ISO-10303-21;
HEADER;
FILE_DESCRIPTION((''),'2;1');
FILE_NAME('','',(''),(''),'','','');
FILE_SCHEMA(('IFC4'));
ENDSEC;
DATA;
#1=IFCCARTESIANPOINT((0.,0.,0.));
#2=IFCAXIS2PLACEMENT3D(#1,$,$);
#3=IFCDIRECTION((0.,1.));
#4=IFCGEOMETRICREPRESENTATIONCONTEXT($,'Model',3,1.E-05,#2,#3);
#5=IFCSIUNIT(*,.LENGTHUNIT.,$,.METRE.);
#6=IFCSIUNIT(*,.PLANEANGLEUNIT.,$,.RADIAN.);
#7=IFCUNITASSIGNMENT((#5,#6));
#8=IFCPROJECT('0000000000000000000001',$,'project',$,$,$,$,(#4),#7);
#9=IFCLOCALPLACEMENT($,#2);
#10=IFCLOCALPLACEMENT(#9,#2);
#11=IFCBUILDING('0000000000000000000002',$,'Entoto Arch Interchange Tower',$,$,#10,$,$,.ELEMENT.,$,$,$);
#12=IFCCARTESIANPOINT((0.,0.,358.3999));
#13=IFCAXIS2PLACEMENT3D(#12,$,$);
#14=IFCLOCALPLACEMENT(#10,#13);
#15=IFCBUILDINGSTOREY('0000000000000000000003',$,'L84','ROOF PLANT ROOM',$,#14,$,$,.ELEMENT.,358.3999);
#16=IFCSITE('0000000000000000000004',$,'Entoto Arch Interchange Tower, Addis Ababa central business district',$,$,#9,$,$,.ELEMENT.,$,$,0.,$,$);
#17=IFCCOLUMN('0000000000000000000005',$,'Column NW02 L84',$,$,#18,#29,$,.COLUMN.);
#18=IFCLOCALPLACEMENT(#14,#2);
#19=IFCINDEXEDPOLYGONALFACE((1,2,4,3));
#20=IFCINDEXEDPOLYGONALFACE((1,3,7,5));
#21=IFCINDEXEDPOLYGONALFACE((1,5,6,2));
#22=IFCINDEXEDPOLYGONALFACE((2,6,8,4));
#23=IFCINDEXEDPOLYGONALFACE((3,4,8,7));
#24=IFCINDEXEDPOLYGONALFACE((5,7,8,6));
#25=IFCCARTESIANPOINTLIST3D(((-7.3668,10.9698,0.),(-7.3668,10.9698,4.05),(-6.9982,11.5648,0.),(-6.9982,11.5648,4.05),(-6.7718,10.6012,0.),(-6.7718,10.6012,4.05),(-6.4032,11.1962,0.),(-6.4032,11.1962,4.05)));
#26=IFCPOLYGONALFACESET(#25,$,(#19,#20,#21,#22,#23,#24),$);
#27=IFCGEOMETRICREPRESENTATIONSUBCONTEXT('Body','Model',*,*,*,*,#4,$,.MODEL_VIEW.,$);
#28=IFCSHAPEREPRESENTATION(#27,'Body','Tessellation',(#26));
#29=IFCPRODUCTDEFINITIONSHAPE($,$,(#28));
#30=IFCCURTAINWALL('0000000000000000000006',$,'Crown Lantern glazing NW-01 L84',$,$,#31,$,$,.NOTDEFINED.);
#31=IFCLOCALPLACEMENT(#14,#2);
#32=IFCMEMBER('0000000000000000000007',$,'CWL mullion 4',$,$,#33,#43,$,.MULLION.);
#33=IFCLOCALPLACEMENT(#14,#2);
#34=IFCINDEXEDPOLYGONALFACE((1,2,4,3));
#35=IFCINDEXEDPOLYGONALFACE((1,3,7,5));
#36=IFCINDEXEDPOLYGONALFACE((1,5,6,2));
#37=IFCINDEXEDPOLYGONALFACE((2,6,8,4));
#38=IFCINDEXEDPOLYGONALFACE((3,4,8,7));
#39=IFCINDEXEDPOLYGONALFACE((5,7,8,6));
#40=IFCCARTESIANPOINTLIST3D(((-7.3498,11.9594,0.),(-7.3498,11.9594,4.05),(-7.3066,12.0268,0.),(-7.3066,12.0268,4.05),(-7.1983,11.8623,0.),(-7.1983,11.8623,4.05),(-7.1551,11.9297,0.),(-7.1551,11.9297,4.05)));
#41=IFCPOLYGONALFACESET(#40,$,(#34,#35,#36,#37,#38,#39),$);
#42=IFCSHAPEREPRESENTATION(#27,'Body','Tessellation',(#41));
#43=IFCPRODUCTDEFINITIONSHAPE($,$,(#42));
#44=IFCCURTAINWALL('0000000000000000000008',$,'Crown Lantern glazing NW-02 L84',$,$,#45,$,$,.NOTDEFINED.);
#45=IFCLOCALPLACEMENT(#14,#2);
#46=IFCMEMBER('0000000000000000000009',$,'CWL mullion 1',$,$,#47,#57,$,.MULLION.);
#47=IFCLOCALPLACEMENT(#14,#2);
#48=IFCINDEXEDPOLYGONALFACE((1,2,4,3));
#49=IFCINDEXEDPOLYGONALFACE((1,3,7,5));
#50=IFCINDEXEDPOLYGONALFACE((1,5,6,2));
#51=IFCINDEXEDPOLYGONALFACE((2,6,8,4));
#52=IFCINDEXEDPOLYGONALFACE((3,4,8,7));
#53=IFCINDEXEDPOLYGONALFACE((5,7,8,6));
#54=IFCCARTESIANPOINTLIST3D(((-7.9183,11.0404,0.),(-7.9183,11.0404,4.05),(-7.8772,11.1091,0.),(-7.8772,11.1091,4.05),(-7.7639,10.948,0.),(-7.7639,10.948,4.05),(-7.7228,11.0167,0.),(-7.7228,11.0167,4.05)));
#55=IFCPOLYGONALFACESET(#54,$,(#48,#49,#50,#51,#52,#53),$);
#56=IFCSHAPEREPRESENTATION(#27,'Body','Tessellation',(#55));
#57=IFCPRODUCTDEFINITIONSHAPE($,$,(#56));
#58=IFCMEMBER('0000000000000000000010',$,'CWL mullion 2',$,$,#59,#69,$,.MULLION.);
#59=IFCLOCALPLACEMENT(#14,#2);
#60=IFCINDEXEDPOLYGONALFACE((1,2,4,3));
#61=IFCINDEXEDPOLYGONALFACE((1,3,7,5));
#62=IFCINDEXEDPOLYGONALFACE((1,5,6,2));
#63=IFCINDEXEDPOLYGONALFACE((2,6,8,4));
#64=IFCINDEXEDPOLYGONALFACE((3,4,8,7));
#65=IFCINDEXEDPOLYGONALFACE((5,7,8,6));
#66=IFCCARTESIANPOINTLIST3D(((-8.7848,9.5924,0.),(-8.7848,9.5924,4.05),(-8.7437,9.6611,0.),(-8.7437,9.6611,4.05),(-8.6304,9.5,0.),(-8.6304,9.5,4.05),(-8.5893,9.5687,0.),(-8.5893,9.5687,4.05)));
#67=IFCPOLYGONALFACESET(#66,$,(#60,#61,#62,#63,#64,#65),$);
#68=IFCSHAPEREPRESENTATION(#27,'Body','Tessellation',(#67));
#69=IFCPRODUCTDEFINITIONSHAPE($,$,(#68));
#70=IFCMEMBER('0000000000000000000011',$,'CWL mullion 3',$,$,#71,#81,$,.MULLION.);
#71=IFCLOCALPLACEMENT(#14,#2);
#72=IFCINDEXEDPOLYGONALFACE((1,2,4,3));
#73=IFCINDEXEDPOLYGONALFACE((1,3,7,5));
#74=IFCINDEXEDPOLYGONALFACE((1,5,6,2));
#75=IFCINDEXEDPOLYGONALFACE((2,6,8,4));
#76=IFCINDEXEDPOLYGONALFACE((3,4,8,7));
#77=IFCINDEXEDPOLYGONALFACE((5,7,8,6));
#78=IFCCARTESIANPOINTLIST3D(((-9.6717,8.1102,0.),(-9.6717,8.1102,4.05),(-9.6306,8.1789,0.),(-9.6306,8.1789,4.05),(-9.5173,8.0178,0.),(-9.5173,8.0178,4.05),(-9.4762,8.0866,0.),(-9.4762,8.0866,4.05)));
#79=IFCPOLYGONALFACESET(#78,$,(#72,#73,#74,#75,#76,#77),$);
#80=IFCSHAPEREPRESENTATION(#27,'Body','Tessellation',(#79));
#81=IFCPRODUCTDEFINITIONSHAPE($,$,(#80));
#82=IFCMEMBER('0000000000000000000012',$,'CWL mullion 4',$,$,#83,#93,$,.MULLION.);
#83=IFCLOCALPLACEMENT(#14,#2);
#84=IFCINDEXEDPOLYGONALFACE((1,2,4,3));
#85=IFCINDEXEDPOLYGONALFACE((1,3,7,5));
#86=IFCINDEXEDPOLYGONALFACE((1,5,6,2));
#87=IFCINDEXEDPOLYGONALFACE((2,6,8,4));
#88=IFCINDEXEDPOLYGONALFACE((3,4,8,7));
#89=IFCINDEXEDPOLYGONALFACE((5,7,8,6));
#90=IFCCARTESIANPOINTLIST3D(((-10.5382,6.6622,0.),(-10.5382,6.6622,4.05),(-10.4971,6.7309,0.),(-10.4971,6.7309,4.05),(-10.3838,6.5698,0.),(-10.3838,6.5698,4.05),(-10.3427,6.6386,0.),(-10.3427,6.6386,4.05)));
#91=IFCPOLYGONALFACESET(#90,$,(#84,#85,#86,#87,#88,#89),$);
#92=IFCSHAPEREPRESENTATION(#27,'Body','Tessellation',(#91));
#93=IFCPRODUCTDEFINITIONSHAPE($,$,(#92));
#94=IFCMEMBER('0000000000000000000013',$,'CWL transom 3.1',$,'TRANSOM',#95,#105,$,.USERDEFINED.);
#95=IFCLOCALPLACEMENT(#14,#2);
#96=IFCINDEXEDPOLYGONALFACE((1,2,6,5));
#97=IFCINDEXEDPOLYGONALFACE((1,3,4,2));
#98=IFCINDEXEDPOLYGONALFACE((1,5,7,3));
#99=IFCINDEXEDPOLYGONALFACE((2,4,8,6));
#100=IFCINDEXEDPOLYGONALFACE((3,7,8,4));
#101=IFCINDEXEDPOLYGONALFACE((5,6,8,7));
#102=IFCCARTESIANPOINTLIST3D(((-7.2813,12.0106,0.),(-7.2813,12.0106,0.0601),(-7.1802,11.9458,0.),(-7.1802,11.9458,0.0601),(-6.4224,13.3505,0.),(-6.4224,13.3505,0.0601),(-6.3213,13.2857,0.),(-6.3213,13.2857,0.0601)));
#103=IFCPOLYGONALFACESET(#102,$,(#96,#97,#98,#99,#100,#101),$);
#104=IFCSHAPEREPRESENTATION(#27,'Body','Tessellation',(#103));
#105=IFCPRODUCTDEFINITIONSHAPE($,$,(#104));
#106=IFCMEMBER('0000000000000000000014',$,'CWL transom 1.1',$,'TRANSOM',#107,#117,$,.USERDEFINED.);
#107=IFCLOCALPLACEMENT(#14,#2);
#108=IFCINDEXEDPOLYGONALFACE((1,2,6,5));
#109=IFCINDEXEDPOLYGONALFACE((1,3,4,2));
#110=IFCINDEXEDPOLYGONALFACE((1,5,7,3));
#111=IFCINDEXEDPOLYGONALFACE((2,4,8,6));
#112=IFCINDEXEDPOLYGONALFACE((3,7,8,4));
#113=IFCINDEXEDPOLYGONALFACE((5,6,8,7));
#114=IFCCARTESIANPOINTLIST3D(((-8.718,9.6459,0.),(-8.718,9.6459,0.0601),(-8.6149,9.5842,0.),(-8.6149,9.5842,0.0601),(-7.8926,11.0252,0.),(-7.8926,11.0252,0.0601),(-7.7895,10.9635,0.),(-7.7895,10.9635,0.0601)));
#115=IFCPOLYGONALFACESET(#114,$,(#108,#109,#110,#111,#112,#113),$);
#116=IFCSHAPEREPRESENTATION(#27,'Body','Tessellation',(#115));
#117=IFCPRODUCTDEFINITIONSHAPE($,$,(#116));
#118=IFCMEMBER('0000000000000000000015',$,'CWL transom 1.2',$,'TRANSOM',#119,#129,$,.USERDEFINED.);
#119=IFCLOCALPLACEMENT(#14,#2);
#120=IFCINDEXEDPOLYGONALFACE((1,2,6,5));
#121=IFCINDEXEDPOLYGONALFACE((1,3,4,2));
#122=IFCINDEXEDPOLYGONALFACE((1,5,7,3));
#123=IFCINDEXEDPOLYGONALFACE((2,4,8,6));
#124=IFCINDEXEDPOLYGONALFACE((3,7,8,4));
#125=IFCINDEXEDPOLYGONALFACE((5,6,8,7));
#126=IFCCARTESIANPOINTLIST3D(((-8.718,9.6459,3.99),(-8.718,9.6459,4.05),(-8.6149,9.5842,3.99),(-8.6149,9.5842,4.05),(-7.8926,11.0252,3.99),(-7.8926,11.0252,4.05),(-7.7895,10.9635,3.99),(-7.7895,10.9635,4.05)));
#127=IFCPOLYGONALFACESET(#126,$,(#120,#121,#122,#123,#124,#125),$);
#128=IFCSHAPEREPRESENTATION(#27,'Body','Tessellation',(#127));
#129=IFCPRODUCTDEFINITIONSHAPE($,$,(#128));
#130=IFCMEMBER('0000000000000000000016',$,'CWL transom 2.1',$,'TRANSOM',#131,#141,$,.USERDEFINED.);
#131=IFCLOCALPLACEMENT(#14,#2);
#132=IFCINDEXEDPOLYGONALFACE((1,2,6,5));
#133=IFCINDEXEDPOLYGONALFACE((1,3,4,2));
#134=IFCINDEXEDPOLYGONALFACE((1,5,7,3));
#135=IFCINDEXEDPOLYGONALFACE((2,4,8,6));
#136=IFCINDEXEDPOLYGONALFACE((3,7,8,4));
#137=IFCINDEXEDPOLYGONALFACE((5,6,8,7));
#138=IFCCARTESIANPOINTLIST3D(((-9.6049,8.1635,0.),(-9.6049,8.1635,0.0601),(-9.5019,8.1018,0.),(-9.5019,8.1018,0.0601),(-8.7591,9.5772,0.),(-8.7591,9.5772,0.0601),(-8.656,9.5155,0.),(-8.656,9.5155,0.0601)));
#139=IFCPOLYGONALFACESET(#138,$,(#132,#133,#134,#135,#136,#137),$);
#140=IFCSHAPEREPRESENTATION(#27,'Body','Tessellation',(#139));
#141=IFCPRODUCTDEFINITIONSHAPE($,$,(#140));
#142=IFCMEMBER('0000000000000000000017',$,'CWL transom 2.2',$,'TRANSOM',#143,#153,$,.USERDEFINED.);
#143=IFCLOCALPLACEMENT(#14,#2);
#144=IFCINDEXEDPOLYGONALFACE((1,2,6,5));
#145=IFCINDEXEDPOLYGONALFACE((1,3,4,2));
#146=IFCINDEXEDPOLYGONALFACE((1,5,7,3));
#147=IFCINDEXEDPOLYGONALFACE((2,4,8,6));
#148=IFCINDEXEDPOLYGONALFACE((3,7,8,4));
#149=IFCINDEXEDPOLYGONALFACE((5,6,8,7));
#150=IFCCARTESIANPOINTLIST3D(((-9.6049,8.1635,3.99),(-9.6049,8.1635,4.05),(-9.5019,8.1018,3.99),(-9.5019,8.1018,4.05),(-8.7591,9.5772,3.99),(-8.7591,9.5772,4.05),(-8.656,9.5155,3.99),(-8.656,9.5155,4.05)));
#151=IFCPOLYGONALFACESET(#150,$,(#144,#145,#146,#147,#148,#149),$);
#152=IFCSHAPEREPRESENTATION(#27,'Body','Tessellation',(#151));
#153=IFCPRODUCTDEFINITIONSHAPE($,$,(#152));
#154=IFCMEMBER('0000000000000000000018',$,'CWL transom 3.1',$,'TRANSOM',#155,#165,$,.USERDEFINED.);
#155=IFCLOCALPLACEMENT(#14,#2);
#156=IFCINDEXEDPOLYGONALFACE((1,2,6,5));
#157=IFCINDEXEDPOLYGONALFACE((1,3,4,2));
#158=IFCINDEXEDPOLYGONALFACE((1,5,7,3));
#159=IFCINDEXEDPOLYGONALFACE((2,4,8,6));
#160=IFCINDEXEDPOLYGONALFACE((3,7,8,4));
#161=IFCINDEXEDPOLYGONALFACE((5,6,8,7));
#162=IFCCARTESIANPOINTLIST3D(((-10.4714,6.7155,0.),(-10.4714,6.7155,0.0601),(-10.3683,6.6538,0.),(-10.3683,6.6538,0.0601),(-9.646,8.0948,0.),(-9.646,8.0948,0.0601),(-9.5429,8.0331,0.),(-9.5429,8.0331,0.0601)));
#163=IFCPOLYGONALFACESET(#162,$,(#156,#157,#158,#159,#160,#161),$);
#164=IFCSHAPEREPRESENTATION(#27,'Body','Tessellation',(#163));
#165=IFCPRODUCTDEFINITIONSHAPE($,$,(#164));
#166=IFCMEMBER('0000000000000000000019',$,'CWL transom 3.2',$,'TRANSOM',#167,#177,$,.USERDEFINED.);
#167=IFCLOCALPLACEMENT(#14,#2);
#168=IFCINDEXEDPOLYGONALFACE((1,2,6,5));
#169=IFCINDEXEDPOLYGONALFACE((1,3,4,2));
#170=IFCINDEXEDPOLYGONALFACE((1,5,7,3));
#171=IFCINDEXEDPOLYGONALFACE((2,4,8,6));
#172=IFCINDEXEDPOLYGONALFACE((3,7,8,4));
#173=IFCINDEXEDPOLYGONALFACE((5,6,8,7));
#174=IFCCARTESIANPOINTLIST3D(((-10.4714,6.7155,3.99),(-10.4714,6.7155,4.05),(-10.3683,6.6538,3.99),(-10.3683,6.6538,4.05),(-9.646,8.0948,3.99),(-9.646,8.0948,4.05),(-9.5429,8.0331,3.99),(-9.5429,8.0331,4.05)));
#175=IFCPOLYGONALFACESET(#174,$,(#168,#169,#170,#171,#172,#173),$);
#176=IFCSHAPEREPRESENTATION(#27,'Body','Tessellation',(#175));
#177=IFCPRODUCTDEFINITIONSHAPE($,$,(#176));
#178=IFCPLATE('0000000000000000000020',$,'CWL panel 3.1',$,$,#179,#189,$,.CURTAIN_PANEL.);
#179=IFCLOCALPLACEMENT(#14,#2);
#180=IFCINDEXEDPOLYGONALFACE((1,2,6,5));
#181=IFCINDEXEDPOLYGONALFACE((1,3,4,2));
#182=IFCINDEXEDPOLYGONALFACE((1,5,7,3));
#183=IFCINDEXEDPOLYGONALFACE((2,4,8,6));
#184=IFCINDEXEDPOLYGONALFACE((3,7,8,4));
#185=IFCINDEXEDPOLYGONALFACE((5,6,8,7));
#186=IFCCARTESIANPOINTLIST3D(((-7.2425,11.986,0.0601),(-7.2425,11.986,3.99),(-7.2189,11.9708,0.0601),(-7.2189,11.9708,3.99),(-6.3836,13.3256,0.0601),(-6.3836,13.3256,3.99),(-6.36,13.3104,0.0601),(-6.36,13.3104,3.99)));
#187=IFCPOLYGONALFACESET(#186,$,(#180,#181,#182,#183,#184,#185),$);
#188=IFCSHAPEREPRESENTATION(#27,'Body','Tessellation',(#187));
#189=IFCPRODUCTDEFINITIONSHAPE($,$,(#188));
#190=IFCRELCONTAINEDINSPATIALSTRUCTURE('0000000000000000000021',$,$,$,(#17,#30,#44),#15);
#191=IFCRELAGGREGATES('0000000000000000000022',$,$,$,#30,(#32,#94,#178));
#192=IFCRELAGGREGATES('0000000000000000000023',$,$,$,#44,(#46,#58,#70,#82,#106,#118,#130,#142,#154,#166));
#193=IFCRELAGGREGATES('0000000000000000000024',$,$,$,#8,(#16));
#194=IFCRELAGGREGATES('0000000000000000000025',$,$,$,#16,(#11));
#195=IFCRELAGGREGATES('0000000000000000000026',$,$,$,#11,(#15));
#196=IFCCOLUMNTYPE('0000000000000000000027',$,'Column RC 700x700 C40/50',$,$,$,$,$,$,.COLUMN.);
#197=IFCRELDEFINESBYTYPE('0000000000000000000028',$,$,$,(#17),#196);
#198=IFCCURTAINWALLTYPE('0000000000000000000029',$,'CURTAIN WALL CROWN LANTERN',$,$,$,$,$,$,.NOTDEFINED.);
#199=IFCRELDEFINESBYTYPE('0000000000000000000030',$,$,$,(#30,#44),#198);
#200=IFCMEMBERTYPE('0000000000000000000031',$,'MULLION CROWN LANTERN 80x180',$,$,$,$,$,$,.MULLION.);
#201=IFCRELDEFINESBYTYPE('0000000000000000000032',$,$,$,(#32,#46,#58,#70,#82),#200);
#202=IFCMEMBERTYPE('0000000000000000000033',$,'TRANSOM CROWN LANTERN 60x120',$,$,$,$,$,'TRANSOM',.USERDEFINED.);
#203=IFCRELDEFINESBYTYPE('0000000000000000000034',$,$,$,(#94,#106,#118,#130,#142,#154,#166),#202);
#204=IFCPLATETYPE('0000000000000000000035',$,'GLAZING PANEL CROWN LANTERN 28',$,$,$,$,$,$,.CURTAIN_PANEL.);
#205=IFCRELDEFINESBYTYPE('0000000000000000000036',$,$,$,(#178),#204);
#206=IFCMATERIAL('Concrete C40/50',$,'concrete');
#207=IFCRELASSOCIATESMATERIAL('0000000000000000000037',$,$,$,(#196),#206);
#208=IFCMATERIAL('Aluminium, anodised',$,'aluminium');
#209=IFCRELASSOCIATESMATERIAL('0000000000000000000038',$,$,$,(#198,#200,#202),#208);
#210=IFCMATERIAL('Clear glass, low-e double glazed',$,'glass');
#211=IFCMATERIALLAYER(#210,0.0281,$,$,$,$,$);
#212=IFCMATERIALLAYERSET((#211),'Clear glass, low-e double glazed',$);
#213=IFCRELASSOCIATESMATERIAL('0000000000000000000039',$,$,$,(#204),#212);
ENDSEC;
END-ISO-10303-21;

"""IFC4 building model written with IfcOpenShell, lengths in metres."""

from ifc_helpers import new_model, si_unit, direction, frame, origin, origin_2d, place, context, subcontext, project, spatial, rectangle, extrude, material, layer, layer_set, material_profile, profile_set, type_object, element, aggregate, save


model = new_model("IFC4")

# Units and contexts
model_context = context("Model", 3, precision=1e-05, world=origin(), true_north=direction((0.0, 1.0)))
body_context = subcontext(model_context, "Body", "Model", "MODEL_VIEW")
ifc_project = project(units=[si_unit("LENGTHUNIT", "METRE"), si_unit("PLANEANGLEUNIT", "RADIAN")], contexts=[model_context])

# Site, building, storey
site_placement = place(None, origin())
site = spatial("IfcSite", under=ifc_project, at=site_placement, Name="Entoto Arch Interchange Tower, Addis Ababa central business district", CompositionType="ELEMENT", RefElevation=0.0)
building_placement = place(site_placement, origin())
building = spatial("IfcBuilding", under=site, at=building_placement, Name="Entoto Arch Interchange Tower", CompositionType="ELEMENT")
storey_placement = place(building_placement, frame((0.0, 0.0, 358.3999)))
storey = spatial("IfcBuildingStorey", under=building, at=storey_placement, Name="L84", Description="ROOF PLANT ROOM", CompositionType="ELEMENT", Elevation=358.3999)

# Column
ifc_material_1 = material(Name="Concrete C40/50", Category="concrete")
ifc_material_profile_1 = material_profile(ifc_material_1, rectangle(XDim=0.7, YDim=0.7, at=origin_2d()))
ifc_profile_set_1 = profile_set([ifc_material_profile_1], Name="Concrete C40/50")
column_type = type_object("IfcColumnType", Name="Column RC 700x700 C40/50", PredefinedType="COLUMN", material=ifc_profile_set_1)
column_placement = place(storey_placement, frame((-6.885, 11.083, 0.0), z_axis=(0.0, 0.0, 1.0), x_axis=(0.526689, 0.850058, 0.0)))
element("IfcColumn", 1, at=column_placement, inside=storey, type_object=column_type, Name="Column NW02 L84", PredefinedType="COLUMN", context=body_context, shape_type="SweptSolid", body=[
    extrude(rectangle(XDim=0.7, YDim=0.7, at=origin_2d()), origin(), (0.0, 0.0, 1.0), 4.05),
])

# Curtain wall, member
ifc_material_2 = material(Name="Aluminium, anodised", Category="aluminium")
curtain_wall_type = type_object("IfcCurtainWallType", Name="CURTAIN WALL CROWN LANTERN", PredefinedType="NOTDEFINED", material=ifc_material_2)
curtain_wall_1_placement = place(storey_placement, origin())
curtain_wall_1 = element("IfcCurtainWall", 2, at=curtain_wall_1_placement, inside=storey, type_object=curtain_wall_type, Name="Crown Lantern glazing NW-01 L84", PredefinedType="NOTDEFINED")
ifc_material_profile_2 = material_profile(ifc_material_2, rectangle(XDim=0.1799, YDim=0.0801, at=origin_2d()))
ifc_profile_set_2 = profile_set([ifc_material_profile_2], Name="Aluminium, anodised")
member_type_1 = type_object("IfcMemberType", Name="MULLION CROWN LANTERN 80x180", PredefinedType="MULLION", material=ifc_profile_set_2)
member_1_placement = place(storey_placement, frame((-7.2524, 11.9446, 0.0), z_axis=(0.0, 0.0, 1.0), x_axis=(0.841836, -0.539733, 0.0)))
member_1 = element("IfcMember", 3, at=member_1_placement, type_object=member_type_1, Name="CWL mullion 4", PredefinedType="MULLION", context=body_context, shape_type="SweptSolid", body=[
    extrude(rectangle(XDim=0.1799, YDim=0.0801, at=origin_2d()), origin(), (0.0, 0.0, 1.0), 4.05),
])

# Curtain wall, members
curtain_wall_2_placement = place(storey_placement, origin())
curtain_wall_2 = element("IfcCurtainWall", 4, at=curtain_wall_2_placement, inside=storey, type_object=curtain_wall_type, Name="Crown Lantern glazing NW-02 L84", PredefinedType="NOTDEFINED")
member_2_placement = place(storey_placement, frame((-7.8206, 11.0286, 0.0), z_axis=(0.0, 0.0, 1.0), x_axis=(0.858105, -0.513474, 0.0)))
member_2 = element("IfcMember", 5, at=member_2_placement, type_object=member_type_1, Name="CWL mullion 1", PredefinedType="MULLION", context=body_context, shape_type="SweptSolid", body=[
    extrude(rectangle(XDim=0.1799, YDim=0.0801, at=origin_2d()), origin(), (0.0, 0.0, 1.0), 4.05),
])
member_3_placement = place(storey_placement, frame((-8.687, 9.5806, 0.0), z_axis=(0.0, 0.0, 1.0), x_axis=(0.858105, -0.513474, 0.0)))
member_3 = element("IfcMember", 6, at=member_3_placement, type_object=member_type_1, Name="CWL mullion 2", PredefinedType="MULLION", context=body_context, shape_type="SweptSolid", body=[
    extrude(rectangle(XDim=0.1799, YDim=0.0801, at=origin_2d()), origin(), (0.0, 0.0, 1.0), 4.05),
])
member_4_placement = place(storey_placement, frame((-9.574, 8.0984, 0.0), z_axis=(0.0, 0.0, 1.0), x_axis=(0.858105, -0.513474, 0.0)))
member_4 = element("IfcMember", 7, at=member_4_placement, type_object=member_type_1, Name="CWL mullion 3", PredefinedType="MULLION", context=body_context, shape_type="SweptSolid", body=[
    extrude(rectangle(XDim=0.1799, YDim=0.0801, at=origin_2d()), origin(), (0.0, 0.0, 1.0), 4.05),
])
member_5_placement = place(storey_placement, frame((-10.4404, 6.6504, 0.0), z_axis=(0.0, 0.0, 1.0), x_axis=(0.858105, -0.513474, 0.0)))
member_5 = element("IfcMember", 8, at=member_5_placement, type_object=member_type_1, Name="CWL mullion 4", PredefinedType="MULLION", context=body_context, shape_type="SweptSolid", body=[
    extrude(rectangle(XDim=0.1799, YDim=0.0801, at=origin_2d()), origin(), (0.0, 0.0, 1.0), 4.05),
])

# Members
ifc_material_profile_3 = material_profile(ifc_material_2, rectangle(XDim=0.1201, YDim=0.0601, at=origin_2d()))
ifc_profile_set_3 = profile_set([ifc_material_profile_3], Name="Aluminium, anodised")
member_type_2 = type_object("IfcMemberType", Name="TRANSOM CROWN LANTERN 60x120", ElementType="TRANSOM", PredefinedType="USERDEFINED", material=ifc_profile_set_3)
member_6_placement = place(storey_placement, frame((-6.3718, 13.3181, 0.03), z_axis=(-0.539672, -0.841876, 0.0), x_axis=(0.841876, -0.539672, 0.0)))
member_6 = element("IfcMember", 9, at=member_6_placement, type_object=member_type_2, Name="CWL transom 3.1", ObjectType="TRANSOM", PredefinedType="USERDEFINED", context=body_context, shape_type="SweptSolid", body=[
    extrude(rectangle(XDim=0.1201, YDim=0.0601, at=origin_2d()), origin(), (0.0, 0.0, 1.0), 1.5916),
])
member_7_placement = place(storey_placement, frame((-7.8411, 10.9944, 0.03), z_axis=(-0.51349, -0.858095, 0.0), x_axis=(0.858095, -0.51349, 0.0)))
member_7 = element("IfcMember", 10, at=member_7_placement, type_object=member_type_2, Name="CWL transom 1.1", ObjectType="TRANSOM", PredefinedType="USERDEFINED", context=body_context, shape_type="SweptSolid", body=[
    extrude(rectangle(XDim=0.1201, YDim=0.0601, at=origin_2d()), origin(), (0.0, 0.0, 1.0), 1.6074),
])
member_8_placement = place(storey_placement, frame((-7.8411, 10.9944, 4.02), z_axis=(-0.51349, -0.858095, 0.0), x_axis=(0.858095, -0.51349, 0.0)))
member_8 = element("IfcMember", 11, at=member_8_placement, type_object=member_type_2, Name="CWL transom 1.2", ObjectType="TRANSOM", PredefinedType="USERDEFINED", context=body_context, shape_type="SweptSolid", body=[
    extrude(rectangle(XDim=0.1201, YDim=0.0601, at=origin_2d()), origin(), (0.0, 0.0, 1.0), 1.6074),
])
member_9_placement = place(storey_placement, frame((-8.7075, 9.5464, 0.03), z_axis=(-0.513449, -0.85812, 0.0), x_axis=(0.85812, -0.513449, 0.0)))
member_9 = element("IfcMember", 12, at=member_9_placement, type_object=member_type_2, Name="CWL transom 2.1", ObjectType="TRANSOM", PredefinedType="USERDEFINED", context=body_context, shape_type="SweptSolid", body=[
    extrude(rectangle(XDim=0.1201, YDim=0.0601, at=origin_2d()), origin(), (0.0, 0.0, 1.0), 1.6475),
])
member_10_placement = place(storey_placement, frame((-8.7075, 9.5464, 4.02), z_axis=(-0.513449, -0.85812, 0.0), x_axis=(0.85812, -0.513449, 0.0)))
member_10 = element("IfcMember", 13, at=member_10_placement, type_object=member_type_2, Name="CWL transom 2.2", ObjectType="TRANSOM", PredefinedType="USERDEFINED", context=body_context, shape_type="SweptSolid", body=[
    extrude(rectangle(XDim=0.1201, YDim=0.0601, at=origin_2d()), origin(), (0.0, 0.0, 1.0), 1.6475),
])
member_11_placement = place(storey_placement, frame((-9.5945, 8.064, 0.03), z_axis=(-0.51349, -0.858095, 0.0), x_axis=(0.858095, -0.51349, 0.0)))
member_11 = element("IfcMember", 14, at=member_11_placement, type_object=member_type_2, Name="CWL transom 3.1", ObjectType="TRANSOM", PredefinedType="USERDEFINED", context=body_context, shape_type="SweptSolid", body=[
    extrude(rectangle(XDim=0.1201, YDim=0.0601, at=origin_2d()), origin(), (0.0, 0.0, 1.0), 1.6074),
])
member_12_placement = place(storey_placement, frame((-9.5945, 8.064, 4.02), z_axis=(-0.51349, -0.858095, 0.0), x_axis=(0.858095, -0.51349, 0.0)))
member_12 = element("IfcMember", 15, at=member_12_placement, type_object=member_type_2, Name="CWL transom 3.2", ObjectType="TRANSOM", PredefinedType="USERDEFINED", context=body_context, shape_type="SweptSolid", body=[
    extrude(rectangle(XDim=0.1201, YDim=0.0601, at=origin_2d()), origin(), (0.0, 0.0, 1.0), 1.6074),
])

# Plate
ifc_material_3 = material(Name="Clear glass, low-e double glazed", Category="glass")
ifc_layer_1 = layer(ifc_material_3, 0.0281)
ifc_layer_set_1 = layer_set([ifc_layer_1], Name="Clear glass, low-e double glazed")
plate_type = type_object("IfcPlateType", Name="GLAZING PANEL CROWN LANTERN 28", PredefinedType="CURTAIN_PANEL", material=ifc_layer_set_1)
plate_1_placement = place(storey_placement, frame((-6.8013, 12.6482, 0.0601), z_axis=(0.0, 0.0, 1.0), x_axis=(-0.539733, -0.841836, 0.0)))
plate_1 = element("IfcPlate", 16, at=plate_1_placement, type_object=plate_type, Name="CWL panel 3.1", PredefinedType="CURTAIN_PANEL", context=body_context, shape_type="SweptSolid", body=[
    extrude(rectangle(XDim=1.5913, YDim=0.0281, at=origin_2d()), origin(), (0.0, 0.0, 1.0), 3.9299),
])
aggregate(curtain_wall_1, [member_1, member_6, plate_1])
aggregate(curtain_wall_2, [member_2, member_3, member_4, member_5, member_7, member_8, member_9, member_10, member_11, member_12])

save(model, "model.ifc")
